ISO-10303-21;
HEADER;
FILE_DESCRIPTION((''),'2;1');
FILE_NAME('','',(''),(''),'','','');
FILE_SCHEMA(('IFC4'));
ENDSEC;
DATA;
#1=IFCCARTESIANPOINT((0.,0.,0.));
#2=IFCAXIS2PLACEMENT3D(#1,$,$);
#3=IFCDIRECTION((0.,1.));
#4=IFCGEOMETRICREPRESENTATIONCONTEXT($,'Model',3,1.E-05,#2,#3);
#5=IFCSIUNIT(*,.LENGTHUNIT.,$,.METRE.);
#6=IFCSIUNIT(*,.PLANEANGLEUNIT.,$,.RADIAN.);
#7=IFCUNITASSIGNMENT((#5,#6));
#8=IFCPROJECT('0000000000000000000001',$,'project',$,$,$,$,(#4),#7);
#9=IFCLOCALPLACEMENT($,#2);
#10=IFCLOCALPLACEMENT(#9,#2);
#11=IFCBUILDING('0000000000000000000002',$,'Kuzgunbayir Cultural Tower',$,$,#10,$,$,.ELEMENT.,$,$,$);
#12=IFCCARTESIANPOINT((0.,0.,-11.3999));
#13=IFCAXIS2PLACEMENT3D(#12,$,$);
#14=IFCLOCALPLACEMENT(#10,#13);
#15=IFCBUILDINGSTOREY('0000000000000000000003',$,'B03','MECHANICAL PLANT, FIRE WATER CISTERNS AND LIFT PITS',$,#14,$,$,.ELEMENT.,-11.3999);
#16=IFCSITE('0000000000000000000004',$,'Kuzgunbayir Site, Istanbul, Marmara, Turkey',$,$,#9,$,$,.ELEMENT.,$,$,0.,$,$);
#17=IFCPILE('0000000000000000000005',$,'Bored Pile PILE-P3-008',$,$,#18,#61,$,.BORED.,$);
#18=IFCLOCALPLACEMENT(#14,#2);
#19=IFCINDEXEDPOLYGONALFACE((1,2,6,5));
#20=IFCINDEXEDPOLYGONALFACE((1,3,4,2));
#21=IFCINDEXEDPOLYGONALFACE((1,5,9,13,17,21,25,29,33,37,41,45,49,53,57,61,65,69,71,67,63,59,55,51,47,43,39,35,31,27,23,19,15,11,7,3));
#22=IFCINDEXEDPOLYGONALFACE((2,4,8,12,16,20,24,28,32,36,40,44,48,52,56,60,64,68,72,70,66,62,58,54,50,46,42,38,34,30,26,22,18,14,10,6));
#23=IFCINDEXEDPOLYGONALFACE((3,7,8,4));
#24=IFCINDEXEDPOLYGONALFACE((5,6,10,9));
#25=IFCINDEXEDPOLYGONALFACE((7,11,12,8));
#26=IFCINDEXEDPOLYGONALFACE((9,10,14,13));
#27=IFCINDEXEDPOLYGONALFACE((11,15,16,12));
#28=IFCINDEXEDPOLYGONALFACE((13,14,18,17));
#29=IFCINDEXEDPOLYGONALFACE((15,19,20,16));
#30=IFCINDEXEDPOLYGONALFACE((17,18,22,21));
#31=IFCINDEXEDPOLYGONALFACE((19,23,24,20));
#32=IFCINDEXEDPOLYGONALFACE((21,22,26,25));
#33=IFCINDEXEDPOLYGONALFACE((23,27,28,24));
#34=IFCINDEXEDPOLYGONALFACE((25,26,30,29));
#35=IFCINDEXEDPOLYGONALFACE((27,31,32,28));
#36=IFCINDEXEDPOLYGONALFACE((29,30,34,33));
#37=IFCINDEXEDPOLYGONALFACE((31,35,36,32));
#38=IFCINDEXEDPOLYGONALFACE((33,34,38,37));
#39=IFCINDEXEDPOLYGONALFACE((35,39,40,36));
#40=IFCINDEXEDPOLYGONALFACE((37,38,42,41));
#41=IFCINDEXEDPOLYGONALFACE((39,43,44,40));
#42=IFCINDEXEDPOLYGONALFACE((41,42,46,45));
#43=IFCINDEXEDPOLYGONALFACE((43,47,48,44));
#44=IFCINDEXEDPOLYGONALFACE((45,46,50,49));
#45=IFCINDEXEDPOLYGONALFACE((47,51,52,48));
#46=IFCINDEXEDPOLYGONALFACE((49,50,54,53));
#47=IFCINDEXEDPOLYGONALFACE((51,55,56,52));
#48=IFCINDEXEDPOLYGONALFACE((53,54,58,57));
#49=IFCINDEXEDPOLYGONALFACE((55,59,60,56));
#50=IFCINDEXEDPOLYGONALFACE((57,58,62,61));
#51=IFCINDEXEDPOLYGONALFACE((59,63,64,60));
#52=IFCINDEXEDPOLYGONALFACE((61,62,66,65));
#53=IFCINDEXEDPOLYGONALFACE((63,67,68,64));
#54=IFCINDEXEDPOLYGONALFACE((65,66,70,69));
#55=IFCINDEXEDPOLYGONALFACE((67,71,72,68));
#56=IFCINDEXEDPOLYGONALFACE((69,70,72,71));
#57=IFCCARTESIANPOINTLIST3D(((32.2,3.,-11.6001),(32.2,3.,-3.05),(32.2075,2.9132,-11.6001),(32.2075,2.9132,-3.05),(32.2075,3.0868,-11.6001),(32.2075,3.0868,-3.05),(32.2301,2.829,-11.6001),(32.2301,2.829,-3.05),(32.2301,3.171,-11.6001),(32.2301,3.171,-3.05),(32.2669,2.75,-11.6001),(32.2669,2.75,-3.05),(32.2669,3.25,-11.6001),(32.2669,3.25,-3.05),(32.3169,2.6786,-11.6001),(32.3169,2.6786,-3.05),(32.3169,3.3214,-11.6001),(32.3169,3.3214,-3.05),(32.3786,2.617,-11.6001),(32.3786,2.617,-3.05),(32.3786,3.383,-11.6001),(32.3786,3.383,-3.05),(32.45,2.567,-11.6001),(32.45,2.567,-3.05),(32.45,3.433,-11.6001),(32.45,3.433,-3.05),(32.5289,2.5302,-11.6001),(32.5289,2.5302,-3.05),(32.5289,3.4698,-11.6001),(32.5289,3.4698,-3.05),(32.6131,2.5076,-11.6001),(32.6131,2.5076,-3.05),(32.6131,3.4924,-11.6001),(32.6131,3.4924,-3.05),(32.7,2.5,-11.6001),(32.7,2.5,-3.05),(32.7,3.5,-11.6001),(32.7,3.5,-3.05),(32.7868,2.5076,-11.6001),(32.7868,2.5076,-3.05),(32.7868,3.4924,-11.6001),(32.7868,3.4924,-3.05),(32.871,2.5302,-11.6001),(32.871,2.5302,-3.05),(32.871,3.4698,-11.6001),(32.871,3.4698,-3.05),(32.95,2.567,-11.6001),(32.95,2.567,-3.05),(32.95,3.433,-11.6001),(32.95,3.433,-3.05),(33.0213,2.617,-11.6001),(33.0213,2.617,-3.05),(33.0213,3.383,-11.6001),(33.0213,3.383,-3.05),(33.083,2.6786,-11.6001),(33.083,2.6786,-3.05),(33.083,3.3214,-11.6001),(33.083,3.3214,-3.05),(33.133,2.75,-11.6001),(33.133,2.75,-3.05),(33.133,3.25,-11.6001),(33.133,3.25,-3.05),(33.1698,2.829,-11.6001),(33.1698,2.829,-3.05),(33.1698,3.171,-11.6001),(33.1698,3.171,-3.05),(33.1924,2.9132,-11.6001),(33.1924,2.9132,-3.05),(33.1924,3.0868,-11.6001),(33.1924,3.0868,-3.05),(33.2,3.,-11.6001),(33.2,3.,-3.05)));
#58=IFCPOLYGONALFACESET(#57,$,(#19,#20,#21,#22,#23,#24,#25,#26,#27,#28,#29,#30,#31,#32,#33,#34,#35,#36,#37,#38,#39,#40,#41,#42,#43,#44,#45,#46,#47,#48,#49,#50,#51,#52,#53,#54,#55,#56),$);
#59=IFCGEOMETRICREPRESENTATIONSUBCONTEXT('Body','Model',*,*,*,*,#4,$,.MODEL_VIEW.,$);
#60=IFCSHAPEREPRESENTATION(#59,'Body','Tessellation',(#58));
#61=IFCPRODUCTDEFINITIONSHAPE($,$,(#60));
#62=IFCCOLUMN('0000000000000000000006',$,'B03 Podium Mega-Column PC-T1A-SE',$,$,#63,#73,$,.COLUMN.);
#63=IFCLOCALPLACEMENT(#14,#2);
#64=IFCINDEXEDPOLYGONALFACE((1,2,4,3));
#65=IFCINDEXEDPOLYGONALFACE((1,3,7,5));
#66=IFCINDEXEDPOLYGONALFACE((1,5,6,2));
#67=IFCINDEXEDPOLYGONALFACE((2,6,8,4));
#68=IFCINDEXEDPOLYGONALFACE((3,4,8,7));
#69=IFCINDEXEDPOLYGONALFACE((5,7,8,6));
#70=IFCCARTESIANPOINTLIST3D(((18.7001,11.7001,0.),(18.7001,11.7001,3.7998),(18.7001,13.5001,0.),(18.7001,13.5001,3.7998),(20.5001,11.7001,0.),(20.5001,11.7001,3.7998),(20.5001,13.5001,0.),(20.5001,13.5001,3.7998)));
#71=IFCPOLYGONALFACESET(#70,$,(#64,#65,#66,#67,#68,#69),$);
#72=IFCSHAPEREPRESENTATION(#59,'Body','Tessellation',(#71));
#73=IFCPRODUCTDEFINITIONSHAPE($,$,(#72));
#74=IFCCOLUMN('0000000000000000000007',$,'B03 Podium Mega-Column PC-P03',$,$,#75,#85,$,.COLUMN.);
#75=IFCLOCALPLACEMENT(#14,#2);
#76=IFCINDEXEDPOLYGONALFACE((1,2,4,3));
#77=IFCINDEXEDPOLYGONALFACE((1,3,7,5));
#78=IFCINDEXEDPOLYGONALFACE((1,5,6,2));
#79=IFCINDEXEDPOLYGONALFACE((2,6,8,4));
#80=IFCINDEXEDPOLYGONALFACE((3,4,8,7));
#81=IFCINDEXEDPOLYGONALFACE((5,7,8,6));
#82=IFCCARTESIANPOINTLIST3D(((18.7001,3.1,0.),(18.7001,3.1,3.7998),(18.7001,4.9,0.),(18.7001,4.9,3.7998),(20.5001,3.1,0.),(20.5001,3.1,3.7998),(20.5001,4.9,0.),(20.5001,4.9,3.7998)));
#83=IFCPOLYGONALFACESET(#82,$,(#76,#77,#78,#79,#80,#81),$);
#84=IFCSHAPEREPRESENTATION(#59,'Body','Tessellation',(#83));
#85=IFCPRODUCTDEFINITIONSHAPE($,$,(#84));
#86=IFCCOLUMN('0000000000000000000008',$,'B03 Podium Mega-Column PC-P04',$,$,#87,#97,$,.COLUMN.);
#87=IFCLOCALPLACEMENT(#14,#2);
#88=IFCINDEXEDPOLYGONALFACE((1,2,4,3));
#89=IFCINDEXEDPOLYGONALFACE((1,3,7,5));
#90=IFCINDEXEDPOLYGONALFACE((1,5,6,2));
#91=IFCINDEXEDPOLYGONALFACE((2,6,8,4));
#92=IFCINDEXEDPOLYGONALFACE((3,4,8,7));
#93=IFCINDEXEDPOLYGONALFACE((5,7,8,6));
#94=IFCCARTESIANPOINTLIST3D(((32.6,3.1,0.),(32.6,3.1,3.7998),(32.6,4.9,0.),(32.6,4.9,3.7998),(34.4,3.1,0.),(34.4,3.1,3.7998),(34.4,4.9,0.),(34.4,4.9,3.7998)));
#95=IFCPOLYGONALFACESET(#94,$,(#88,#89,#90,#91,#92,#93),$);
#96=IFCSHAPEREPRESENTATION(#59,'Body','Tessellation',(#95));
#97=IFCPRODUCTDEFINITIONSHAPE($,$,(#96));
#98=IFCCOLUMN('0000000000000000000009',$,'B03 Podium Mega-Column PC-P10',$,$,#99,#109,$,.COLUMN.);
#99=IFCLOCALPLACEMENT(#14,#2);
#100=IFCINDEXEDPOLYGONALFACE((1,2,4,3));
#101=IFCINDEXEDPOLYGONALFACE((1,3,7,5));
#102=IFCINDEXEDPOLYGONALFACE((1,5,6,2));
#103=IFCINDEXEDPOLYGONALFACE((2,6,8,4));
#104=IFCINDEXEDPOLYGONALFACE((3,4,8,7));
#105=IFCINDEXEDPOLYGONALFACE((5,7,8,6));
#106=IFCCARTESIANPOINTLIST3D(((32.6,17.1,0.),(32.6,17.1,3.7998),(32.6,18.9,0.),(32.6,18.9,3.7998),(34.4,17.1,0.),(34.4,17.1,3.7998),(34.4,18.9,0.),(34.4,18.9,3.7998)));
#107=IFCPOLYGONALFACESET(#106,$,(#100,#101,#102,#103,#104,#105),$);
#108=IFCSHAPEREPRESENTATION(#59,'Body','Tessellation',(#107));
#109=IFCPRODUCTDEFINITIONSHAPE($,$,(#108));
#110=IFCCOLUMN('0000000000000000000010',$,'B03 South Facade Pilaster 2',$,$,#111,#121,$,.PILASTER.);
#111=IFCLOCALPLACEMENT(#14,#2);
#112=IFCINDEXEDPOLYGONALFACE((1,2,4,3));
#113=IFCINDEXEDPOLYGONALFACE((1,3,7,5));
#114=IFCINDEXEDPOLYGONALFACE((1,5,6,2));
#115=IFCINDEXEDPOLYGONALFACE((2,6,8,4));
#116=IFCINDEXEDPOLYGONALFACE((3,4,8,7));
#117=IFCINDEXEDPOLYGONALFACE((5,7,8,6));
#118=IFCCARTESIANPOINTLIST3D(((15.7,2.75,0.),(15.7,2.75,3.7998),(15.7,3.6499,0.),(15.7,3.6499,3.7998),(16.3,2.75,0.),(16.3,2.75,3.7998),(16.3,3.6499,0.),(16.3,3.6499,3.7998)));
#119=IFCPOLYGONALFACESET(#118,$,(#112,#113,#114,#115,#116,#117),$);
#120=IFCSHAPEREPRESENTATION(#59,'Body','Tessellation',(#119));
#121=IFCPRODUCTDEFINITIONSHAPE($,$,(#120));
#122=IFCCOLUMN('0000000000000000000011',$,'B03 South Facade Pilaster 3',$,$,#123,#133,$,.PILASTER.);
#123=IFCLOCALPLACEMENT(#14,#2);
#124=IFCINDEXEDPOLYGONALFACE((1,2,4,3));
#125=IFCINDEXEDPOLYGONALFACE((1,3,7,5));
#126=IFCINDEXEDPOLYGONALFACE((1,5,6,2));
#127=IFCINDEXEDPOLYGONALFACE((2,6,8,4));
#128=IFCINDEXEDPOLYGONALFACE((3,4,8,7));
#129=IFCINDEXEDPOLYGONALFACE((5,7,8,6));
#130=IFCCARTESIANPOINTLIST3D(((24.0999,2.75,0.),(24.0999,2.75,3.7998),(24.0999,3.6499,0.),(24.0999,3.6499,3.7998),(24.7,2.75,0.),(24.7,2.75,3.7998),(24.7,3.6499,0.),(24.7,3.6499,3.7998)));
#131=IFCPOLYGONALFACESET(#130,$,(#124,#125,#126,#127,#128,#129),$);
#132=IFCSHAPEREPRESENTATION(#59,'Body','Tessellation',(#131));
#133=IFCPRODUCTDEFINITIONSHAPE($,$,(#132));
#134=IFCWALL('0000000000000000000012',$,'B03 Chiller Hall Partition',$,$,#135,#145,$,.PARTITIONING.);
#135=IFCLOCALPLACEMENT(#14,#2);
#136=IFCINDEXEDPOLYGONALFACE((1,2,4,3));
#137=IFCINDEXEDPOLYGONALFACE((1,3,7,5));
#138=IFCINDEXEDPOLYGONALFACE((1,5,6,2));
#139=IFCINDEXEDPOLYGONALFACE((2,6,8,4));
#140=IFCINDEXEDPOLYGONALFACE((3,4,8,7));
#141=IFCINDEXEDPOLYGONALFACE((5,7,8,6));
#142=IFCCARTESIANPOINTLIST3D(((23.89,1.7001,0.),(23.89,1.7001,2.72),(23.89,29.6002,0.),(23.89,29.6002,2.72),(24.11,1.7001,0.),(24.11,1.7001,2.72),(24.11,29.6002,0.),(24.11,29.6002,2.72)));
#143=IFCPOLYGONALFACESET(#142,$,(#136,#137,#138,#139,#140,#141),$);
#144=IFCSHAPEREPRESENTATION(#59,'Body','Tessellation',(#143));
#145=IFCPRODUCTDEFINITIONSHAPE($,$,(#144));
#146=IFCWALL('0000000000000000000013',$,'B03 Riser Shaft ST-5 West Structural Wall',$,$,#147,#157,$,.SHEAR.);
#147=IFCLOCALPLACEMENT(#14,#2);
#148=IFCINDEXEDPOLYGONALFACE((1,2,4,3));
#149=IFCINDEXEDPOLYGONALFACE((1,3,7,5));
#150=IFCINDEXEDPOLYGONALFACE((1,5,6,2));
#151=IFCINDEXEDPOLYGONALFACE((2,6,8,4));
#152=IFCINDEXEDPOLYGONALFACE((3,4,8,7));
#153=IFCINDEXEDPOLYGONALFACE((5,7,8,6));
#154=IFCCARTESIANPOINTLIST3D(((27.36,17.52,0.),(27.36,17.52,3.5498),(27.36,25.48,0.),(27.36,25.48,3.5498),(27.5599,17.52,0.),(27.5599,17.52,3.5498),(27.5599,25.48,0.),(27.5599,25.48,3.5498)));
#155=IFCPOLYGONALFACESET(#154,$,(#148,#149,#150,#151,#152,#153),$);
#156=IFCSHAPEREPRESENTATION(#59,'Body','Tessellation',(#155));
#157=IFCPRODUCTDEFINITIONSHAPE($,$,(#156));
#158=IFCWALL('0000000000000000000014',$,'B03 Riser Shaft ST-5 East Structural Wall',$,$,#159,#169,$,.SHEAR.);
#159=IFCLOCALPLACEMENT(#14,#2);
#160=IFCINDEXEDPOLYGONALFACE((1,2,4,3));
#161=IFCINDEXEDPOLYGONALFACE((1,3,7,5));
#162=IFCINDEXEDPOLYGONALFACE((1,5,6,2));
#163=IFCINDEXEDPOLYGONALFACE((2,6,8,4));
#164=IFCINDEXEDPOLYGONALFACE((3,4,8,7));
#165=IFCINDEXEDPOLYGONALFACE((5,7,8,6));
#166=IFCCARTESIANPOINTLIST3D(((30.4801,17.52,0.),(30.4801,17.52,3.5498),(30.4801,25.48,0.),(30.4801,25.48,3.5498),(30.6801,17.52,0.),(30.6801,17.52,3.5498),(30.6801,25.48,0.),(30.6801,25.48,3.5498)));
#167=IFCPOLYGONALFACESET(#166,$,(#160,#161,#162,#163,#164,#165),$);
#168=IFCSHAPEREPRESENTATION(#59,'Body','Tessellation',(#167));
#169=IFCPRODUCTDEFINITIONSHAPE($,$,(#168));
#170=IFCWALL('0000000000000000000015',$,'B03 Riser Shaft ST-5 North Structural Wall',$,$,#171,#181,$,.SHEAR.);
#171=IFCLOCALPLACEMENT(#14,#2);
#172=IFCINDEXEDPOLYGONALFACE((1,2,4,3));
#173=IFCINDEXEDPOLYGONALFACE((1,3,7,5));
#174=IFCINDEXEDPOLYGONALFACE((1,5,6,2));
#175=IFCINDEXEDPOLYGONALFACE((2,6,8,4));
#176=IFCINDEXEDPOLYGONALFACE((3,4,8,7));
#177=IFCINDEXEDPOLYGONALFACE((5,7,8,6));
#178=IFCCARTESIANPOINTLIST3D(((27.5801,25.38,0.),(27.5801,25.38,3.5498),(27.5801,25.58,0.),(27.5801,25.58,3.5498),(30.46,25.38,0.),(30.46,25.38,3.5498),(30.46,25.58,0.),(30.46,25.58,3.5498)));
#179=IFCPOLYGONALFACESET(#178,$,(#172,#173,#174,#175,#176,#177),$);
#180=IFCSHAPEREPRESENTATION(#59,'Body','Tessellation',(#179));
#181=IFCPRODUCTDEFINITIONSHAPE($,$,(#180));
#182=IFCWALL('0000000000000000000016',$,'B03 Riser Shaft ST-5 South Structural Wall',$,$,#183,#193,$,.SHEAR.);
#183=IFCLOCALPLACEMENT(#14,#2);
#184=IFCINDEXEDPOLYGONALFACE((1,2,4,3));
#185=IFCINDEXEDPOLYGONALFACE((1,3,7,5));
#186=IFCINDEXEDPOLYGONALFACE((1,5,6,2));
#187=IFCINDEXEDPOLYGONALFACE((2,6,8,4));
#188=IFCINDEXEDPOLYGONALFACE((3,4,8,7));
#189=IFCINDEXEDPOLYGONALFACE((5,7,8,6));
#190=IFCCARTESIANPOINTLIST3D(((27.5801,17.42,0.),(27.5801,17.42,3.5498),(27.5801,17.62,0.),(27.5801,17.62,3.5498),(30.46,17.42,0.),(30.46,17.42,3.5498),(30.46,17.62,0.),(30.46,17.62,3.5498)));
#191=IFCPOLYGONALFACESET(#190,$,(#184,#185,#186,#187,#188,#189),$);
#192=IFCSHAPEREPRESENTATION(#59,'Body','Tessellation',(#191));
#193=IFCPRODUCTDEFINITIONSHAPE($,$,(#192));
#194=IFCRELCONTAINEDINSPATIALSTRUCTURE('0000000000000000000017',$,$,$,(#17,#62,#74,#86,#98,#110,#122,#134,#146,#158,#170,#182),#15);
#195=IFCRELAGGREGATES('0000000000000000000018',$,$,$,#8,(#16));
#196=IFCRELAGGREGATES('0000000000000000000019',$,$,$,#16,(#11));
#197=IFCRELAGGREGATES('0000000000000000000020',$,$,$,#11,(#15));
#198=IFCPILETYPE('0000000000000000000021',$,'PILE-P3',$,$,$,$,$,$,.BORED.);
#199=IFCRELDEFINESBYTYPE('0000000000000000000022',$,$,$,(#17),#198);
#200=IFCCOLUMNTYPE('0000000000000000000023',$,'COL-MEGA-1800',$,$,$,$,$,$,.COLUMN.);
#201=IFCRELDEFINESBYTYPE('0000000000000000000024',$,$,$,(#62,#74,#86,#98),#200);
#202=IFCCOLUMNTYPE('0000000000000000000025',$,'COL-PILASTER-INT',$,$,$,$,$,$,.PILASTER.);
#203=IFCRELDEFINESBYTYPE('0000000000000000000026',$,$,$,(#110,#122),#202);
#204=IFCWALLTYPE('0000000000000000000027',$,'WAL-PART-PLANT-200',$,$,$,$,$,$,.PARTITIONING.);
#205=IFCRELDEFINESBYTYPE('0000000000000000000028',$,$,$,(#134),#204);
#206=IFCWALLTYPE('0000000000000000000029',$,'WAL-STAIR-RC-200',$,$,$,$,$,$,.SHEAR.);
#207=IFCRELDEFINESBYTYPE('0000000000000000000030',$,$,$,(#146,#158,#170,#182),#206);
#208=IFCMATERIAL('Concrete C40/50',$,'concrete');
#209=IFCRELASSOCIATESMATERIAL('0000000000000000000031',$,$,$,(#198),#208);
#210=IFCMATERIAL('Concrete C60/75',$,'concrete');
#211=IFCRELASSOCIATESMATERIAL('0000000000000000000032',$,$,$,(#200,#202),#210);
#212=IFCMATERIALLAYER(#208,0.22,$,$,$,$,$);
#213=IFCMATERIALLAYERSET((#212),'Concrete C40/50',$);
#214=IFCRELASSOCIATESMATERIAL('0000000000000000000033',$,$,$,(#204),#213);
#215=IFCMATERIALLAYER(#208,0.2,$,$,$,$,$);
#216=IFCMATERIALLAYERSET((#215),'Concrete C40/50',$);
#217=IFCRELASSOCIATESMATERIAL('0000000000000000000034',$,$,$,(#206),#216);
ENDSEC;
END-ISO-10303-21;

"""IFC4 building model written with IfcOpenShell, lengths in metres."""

from ifc_helpers import new_model, si_unit, direction, frame, frame_2d, origin, origin_2d, place, context, subcontext, project, spatial, rectangle, circle, extrude, material, layer, layer_set, material_profile, profile_set, type_object, element, save


model = new_model("IFC4")

# Units and contexts
model_context = context("Model", 3, precision=1e-05, world=origin(), true_north=direction((0.0, 1.0)))
body_context = subcontext(model_context, "Body", "Model", "MODEL_VIEW")
ifc_project = project(units=[si_unit("LENGTHUNIT", "METRE"), si_unit("PLANEANGLEUNIT", "RADIAN")], contexts=[model_context])

# Site, building, storey
site_placement = place(None, origin())
site = spatial("IfcSite", under=ifc_project, at=site_placement, Name="Kuzgunbayir Site, Istanbul, Marmara, Turkey", CompositionType="ELEMENT", RefElevation=0.0)
building_placement = place(site_placement, origin())
building = spatial("IfcBuilding", under=site, at=building_placement, Name="Kuzgunbayir Cultural Tower", CompositionType="ELEMENT")
storey_placement = place(building_placement, frame((0.0, 0.0, -11.3999)))
storey = spatial("IfcBuildingStorey", under=building, at=storey_placement, Name="B03", Description="MECHANICAL PLANT, FIRE WATER CISTERNS AND LIFT PITS", CompositionType="ELEMENT", Elevation=-11.3999)

# Pile
ifc_material_1 = material(Name="Concrete C40/50", Category="concrete")
ifc_material_profile_1 = material_profile(ifc_material_1, circle(Radius=0.5, at=origin_2d()), Name="BORED PILE 1000")
ifc_profile_set_1 = profile_set([ifc_material_profile_1], Name="Concrete C40/50")
pile_type_1 = type_object("IfcPileType", Name="PILE-P3", PredefinedType="BORED", material=ifc_profile_set_1)
for number, where, z_axis, x_axis, name in (
    (1, (32.7, 3.0, -3.05), (0.0, 0.0, -1.0), (1.0, 0.0, 0.0), "Bored Pile PILE-P3-008"),
):
    element("IfcPile", number, at=place(storey_placement, frame(where, z_axis=z_axis, x_axis=x_axis)), inside=storey, type_object=pile_type_1, Name=name, PredefinedType="BORED", context=body_context, shape_type="SweptSolid", body=[
        extrude(circle(Radius=0.5, at=origin_2d()), origin(), (0.0, 0.0, 1.0), 8.55),
    ])

# Columns
ifc_material_2 = material(Name="Concrete C60/75", Category="concrete")
ifc_material_profile_2 = material_profile(ifc_material_2, rectangle(XDim=1.8, YDim=1.8, at=origin_2d()), Name="RC 1800x1800")
ifc_profile_set_2 = profile_set([ifc_material_profile_2], Name="Concrete C60/75")
column_type_1 = type_object("IfcColumnType", Name="COL-MEGA-1800", PredefinedType="COLUMN", material=ifc_profile_set_2)
for number, where, z_axis, x_axis, name in (
    (2, (19.6001, 12.6001, 0.0), (0.0, 0.0, 1.0), (1.0, 0.0, 0.0), "B03 Podium Mega-Column PC-T1A-SE"),
    (3, (19.6001, 4.0, 0.0), (0.0, 0.0, 1.0), (1.0, 0.0, 0.0), "B03 Podium Mega-Column PC-P03"),
    (4, (33.5, 4.0, 0.0), (0.0, 0.0, 1.0), (1.0, 0.0, 0.0), "B03 Podium Mega-Column PC-P04"),
    (5, (33.5, 18.0, 0.0), (0.0, 0.0, 1.0), (1.0, 0.0, 0.0), "B03 Podium Mega-Column PC-P10"),
):
    element("IfcColumn", number, at=place(storey_placement, frame(where, z_axis=z_axis, x_axis=x_axis)), inside=storey, type_object=column_type_1, Name=name, PredefinedType="COLUMN", context=body_context, shape_type="SweptSolid", body=[
        extrude(rectangle(XDim=1.8, YDim=1.8, at=origin_2d()), origin(), (0.0, 0.0, 1.0), 3.7998),
    ])
ifc_material_profile_3 = material_profile(ifc_material_2, rectangle(XDim=0.6001, YDim=0.8999, at=origin_2d()), Name="RC 600x900")
ifc_profile_set_3 = profile_set([ifc_material_profile_3], Name="Concrete C60/75")
column_type_2 = type_object("IfcColumnType", Name="COL-PILASTER-INT", PredefinedType="PILASTER", material=ifc_profile_set_3)
for number, where, z_axis, x_axis, name in (
    (6, (16.0, 3.2, 0.0), (0.0, 0.0, 1.0), (1.0, 0.0, 0.0), "B03 South Facade Pilaster 2"),
    (7, (24.3999, 3.2, 0.0), (0.0, 0.0, 1.0), (1.0, 0.0, 0.0), "B03 South Facade Pilaster 3"),
):
    element("IfcColumn", number, at=place(storey_placement, frame(where, z_axis=z_axis, x_axis=x_axis)), inside=storey, type_object=column_type_2, Name=name, PredefinedType="PILASTER", context=body_context, shape_type="SweptSolid", body=[
        extrude(rectangle(XDim=0.6001, YDim=0.8999, at=origin_2d()), origin(), (0.0, 0.0, 1.0), 3.7998),
    ])

# Walls
ifc_layer_1 = layer(ifc_material_1, 0.22)
ifc_layer_set_1 = layer_set([ifc_layer_1], Name="Concrete C40/50")
wall_type_1 = type_object("IfcWallType", Name="WAL-PART-PLANT-200", PredefinedType="PARTITIONING", material=ifc_layer_set_1)
wall_placement = place(storey_placement, frame((24.0, 1.7, 0.0), z_axis=(0.0, 0.0, 1.0), x_axis=(0.0, 1.0, 0.0)))
element("IfcWall", 8, at=wall_placement, inside=storey, type_object=wall_type_1, Name="B03 Chiller Hall Partition", PredefinedType="PARTITIONING", context=body_context, shape_type="SweptSolid", body=[
    extrude(rectangle(XDim=27.9001, YDim=0.22, at=frame_2d((13.9502, 0.0))), origin(), (0.0, 0.0, 1.0), 2.72),
])
ifc_layer_2 = layer(ifc_material_1, 0.2)
ifc_layer_set_2 = layer_set([ifc_layer_2], Name="Concrete C40/50")
wall_type_2 = type_object("IfcWallType", Name="WAL-STAIR-RC-200", PredefinedType="SHEAR", material=ifc_layer_set_2)
for number, where, z_axis, x_axis, name in (
    (9, (27.46, 17.52, 0.0), (0.0, 0.0, 1.0), (0.0, 1.0, 0.0), "B03 Riser Shaft ST-5 West Structural Wall"),
    (10, (30.5801, 17.52, 0.0), (0.0, 0.0, 1.0), (0.0, 1.0, 0.0), "B03 Riser Shaft ST-5 East Structural Wall"),
):
    element("IfcWall", number, at=place(storey_placement, frame(where, z_axis=z_axis, x_axis=x_axis)), inside=storey, type_object=wall_type_2, Name=name, PredefinedType="SHEAR", context=body_context, shape_type="SweptSolid", body=[
        extrude(rectangle(XDim=7.96, YDim=0.2, at=frame_2d((3.98, 0.0))), origin(), (0.0, 0.0, 1.0), 3.5498),
    ])
for number, where, z_axis, x_axis, name in (
    (11, (27.5801, 25.48, 0.0), (0.0, 0.0, 1.0), (1.0, 0.0, 0.0), "B03 Riser Shaft ST-5 North Structural Wall"),
    (12, (27.5801, 17.52, 0.0), (0.0, 0.0, 1.0), (1.0, 0.0, 0.0), "B03 Riser Shaft ST-5 South Structural Wall"),
):
    element("IfcWall", number, at=place(storey_placement, frame(where, z_axis=z_axis, x_axis=x_axis)), inside=storey, type_object=wall_type_2, Name=name, PredefinedType="SHEAR", context=body_context, shape_type="SweptSolid", body=[
        extrude(rectangle(XDim=2.8799, YDim=0.2, at=frame_2d((1.4399, 0.0))), origin(), (0.0, 0.0, 1.0), 3.5498),
    ])

save(model, "model.ifc")
